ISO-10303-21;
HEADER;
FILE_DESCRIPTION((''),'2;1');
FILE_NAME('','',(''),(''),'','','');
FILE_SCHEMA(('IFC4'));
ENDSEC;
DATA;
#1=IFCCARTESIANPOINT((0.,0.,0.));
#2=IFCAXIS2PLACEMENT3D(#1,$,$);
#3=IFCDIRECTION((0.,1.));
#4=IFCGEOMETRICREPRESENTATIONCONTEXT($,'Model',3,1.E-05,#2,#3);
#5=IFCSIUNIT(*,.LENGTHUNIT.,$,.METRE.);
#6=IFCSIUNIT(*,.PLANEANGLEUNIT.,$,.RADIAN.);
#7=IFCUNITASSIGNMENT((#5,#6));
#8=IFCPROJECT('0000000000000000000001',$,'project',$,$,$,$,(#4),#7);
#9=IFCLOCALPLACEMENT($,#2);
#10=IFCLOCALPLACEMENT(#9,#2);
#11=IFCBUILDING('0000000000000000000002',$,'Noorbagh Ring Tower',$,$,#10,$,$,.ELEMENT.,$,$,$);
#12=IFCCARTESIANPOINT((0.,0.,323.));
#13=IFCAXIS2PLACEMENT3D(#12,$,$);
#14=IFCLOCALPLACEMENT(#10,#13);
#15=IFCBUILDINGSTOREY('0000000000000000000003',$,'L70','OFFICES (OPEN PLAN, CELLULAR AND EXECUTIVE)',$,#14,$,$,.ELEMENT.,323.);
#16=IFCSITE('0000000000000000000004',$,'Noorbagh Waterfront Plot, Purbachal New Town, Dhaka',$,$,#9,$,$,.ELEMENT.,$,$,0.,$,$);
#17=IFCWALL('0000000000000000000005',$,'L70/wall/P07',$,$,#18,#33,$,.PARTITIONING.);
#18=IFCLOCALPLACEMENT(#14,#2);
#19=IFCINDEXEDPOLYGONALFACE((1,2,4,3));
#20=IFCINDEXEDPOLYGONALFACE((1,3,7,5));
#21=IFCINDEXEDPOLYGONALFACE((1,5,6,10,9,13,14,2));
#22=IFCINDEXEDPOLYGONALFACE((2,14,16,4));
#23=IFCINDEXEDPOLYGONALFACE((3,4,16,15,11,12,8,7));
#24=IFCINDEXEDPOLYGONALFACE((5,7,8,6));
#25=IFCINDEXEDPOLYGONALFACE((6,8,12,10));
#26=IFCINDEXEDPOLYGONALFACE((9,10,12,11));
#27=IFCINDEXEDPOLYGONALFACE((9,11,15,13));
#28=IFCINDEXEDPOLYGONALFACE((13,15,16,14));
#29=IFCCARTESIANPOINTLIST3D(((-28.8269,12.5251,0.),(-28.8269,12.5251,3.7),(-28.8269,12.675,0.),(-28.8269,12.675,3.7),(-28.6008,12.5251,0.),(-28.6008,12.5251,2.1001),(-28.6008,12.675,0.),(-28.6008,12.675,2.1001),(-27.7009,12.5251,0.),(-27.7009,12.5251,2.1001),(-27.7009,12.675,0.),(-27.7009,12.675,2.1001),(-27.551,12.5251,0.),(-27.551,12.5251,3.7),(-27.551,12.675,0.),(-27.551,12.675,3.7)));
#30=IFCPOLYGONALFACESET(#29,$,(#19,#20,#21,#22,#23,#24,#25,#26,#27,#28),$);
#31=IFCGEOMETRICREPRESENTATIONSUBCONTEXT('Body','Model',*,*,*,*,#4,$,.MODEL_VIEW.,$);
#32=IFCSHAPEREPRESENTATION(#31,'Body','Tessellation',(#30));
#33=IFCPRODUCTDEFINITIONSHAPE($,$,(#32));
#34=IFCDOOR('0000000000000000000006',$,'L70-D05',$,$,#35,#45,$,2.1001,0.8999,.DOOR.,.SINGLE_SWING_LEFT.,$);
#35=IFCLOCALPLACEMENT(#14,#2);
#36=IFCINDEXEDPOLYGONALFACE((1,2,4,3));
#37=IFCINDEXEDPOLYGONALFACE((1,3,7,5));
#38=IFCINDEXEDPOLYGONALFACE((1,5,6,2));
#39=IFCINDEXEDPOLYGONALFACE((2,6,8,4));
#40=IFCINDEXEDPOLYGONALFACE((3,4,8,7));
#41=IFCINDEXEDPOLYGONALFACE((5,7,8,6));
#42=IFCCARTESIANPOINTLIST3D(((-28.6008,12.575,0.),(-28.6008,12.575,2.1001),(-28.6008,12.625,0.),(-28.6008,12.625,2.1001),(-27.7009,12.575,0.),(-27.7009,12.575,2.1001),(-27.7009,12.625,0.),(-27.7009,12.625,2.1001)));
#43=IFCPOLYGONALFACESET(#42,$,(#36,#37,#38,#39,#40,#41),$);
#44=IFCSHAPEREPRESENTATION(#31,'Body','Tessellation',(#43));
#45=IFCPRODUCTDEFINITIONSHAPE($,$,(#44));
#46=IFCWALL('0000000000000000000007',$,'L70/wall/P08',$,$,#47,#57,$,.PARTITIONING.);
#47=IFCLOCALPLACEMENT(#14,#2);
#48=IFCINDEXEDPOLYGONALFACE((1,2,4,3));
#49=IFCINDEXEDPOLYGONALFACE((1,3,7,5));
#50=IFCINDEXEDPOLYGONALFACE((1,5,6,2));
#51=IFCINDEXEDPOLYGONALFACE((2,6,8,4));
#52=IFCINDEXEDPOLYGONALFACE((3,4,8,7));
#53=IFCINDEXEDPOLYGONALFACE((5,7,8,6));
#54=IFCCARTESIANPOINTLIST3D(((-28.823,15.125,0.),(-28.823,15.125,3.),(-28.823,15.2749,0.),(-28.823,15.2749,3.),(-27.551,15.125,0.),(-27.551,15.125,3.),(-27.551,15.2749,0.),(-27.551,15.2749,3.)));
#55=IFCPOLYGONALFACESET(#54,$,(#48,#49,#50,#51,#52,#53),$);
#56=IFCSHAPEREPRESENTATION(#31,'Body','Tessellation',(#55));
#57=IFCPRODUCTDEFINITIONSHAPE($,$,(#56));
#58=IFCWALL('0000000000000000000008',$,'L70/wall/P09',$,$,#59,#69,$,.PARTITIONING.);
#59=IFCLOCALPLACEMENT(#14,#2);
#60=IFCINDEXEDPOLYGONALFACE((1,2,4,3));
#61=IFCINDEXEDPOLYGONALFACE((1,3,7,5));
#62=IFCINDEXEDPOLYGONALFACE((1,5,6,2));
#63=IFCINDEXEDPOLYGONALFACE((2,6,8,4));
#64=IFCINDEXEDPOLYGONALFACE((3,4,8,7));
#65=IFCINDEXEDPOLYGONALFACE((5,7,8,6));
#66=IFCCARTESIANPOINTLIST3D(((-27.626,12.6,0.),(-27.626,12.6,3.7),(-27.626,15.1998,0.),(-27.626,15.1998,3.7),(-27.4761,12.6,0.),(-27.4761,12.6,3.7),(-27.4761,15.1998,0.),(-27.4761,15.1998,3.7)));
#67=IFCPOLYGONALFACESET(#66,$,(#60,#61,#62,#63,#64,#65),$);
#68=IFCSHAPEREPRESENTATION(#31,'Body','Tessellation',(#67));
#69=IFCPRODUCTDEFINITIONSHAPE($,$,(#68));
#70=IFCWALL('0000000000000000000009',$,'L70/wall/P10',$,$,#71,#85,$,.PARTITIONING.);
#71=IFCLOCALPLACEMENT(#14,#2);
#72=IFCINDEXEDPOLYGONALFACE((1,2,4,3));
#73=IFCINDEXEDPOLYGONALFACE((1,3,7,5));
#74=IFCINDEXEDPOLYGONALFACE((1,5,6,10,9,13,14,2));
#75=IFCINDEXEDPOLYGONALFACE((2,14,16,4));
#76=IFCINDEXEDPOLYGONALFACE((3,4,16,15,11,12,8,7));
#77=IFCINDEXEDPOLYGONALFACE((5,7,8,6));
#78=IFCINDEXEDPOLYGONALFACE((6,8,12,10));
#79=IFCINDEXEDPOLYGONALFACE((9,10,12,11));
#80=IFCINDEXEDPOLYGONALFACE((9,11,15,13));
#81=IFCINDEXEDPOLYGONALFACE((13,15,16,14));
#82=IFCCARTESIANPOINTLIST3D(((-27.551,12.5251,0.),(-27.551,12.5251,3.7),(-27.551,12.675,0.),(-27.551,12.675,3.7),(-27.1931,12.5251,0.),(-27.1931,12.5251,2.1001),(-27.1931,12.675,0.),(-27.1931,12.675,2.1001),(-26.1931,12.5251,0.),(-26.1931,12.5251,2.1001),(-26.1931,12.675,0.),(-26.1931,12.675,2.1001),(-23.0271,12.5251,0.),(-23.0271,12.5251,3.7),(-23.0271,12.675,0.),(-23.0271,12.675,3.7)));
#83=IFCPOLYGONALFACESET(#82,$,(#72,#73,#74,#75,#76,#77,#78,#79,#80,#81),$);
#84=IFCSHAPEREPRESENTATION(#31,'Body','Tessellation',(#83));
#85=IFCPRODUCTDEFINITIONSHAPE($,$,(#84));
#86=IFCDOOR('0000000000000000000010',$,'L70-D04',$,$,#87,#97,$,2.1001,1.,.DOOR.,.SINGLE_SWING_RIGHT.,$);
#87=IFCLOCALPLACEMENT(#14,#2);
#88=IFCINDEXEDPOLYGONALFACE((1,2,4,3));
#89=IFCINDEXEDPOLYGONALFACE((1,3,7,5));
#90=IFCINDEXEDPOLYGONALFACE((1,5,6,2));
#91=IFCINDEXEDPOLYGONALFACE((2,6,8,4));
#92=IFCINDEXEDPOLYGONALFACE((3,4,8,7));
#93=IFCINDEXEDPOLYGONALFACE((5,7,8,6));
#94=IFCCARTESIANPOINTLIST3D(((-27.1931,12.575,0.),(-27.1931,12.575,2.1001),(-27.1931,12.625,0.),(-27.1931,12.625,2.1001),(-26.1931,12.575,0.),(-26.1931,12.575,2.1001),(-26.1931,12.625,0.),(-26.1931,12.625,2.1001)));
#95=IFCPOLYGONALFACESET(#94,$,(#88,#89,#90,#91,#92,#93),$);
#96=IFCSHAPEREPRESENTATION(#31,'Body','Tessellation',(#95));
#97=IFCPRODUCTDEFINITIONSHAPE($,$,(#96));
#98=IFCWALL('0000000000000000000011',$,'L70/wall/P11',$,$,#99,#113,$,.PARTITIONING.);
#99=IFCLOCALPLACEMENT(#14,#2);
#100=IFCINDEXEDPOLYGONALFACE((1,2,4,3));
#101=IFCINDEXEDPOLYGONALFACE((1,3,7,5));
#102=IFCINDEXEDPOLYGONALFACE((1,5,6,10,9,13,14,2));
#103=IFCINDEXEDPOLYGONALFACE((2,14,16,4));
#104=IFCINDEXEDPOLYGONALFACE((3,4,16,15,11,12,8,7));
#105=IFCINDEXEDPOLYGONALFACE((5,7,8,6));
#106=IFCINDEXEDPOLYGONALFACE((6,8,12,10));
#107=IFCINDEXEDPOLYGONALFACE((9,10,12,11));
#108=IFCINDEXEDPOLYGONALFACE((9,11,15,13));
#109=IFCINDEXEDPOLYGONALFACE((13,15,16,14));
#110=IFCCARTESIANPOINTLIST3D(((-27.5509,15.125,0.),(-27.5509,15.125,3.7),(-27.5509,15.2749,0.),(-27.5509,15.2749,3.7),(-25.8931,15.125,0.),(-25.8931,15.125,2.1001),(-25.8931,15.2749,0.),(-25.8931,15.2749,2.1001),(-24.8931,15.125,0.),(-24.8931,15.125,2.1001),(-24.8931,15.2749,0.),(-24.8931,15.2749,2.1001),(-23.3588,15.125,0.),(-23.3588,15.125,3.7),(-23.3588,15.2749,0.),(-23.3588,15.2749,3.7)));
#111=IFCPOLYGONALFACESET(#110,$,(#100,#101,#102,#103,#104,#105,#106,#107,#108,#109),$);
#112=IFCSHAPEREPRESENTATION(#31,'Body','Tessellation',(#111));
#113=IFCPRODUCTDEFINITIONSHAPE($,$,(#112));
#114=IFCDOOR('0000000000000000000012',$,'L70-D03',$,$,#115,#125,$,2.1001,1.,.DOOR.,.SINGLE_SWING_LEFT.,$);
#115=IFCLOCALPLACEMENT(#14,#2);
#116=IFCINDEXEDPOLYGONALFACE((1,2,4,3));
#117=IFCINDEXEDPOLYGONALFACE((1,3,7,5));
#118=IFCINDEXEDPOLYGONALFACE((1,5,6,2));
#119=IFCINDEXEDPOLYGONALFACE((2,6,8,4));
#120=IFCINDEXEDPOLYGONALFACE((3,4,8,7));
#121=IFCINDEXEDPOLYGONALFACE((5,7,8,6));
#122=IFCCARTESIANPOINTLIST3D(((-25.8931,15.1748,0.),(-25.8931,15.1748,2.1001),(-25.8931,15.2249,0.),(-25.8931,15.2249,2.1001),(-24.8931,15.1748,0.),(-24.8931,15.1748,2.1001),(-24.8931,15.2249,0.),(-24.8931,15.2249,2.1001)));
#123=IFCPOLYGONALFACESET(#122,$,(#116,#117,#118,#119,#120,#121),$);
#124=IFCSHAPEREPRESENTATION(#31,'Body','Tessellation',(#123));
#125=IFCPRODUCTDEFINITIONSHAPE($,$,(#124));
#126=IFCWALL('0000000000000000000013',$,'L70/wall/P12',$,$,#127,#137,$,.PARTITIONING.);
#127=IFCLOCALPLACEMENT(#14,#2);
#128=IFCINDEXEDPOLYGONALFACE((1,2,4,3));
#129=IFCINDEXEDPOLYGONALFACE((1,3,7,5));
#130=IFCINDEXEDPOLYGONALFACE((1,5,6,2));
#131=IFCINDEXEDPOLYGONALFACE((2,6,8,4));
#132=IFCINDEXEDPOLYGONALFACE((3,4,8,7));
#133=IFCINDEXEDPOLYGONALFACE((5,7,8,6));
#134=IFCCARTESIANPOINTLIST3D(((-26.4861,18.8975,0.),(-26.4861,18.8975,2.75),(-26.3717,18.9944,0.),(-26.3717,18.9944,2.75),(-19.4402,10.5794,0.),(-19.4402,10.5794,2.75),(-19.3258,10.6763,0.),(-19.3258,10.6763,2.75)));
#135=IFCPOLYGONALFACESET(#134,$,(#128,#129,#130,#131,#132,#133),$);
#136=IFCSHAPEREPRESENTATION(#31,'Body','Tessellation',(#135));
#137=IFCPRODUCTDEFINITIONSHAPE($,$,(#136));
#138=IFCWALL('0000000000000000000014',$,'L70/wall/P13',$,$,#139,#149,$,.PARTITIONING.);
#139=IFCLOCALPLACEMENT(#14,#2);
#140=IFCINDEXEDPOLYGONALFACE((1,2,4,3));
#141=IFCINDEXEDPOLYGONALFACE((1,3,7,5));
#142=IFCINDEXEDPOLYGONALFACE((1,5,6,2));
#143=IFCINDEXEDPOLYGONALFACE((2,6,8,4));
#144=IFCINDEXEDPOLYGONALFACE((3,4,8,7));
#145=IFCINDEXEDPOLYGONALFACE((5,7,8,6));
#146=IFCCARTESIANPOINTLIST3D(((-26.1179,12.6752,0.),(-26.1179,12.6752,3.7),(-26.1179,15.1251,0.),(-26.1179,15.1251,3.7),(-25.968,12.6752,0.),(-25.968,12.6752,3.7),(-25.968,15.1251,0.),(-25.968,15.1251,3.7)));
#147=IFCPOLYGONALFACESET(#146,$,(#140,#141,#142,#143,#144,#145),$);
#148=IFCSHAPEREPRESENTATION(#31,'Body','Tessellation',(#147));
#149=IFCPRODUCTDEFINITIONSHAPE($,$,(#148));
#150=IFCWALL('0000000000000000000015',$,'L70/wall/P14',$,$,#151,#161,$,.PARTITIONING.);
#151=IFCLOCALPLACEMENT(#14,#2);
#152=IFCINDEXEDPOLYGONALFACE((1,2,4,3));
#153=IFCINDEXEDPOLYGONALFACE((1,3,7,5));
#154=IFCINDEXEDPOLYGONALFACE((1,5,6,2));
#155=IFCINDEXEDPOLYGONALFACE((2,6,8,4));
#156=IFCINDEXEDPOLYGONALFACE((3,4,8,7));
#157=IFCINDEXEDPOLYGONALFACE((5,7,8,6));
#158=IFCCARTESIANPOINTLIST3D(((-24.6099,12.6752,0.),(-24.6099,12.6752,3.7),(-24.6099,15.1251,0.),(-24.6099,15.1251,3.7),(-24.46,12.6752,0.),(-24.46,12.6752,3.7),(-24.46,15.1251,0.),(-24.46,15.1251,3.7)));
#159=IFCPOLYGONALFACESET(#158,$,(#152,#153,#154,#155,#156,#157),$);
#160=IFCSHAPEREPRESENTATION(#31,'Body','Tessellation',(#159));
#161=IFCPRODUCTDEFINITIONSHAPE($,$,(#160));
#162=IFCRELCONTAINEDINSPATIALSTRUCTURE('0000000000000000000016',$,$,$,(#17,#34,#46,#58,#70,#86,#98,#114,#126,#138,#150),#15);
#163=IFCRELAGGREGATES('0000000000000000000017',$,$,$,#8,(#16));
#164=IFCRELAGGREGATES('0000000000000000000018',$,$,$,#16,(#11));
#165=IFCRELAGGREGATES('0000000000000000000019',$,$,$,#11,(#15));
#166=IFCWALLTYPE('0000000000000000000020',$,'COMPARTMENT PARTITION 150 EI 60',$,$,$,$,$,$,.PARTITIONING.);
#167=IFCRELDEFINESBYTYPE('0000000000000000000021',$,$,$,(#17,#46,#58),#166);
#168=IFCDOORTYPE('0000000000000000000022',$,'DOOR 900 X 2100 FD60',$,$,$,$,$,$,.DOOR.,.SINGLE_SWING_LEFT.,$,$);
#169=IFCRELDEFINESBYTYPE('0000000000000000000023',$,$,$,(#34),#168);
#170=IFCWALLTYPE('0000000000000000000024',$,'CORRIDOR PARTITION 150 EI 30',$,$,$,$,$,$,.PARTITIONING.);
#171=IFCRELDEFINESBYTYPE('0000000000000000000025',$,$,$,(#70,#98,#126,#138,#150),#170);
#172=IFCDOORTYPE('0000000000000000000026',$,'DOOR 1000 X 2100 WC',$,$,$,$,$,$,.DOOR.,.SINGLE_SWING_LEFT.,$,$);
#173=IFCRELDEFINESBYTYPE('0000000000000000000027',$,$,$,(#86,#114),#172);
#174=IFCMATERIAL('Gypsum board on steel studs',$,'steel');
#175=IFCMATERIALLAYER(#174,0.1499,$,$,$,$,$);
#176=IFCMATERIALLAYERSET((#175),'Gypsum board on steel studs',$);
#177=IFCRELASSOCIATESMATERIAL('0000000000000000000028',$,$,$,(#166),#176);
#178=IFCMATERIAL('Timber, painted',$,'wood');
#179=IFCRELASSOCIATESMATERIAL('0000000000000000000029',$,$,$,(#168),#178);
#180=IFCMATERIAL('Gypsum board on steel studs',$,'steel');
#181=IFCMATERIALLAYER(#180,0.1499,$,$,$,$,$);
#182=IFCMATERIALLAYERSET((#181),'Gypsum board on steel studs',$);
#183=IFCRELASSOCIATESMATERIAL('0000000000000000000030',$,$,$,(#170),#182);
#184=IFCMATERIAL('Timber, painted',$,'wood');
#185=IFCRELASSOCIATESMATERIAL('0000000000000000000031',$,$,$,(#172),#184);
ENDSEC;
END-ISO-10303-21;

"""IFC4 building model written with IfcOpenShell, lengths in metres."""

from ifc_helpers import new_model, si_unit, direction, frame, frame_2d, origin, place, context, subcontext, project, spatial, rectangle, extrude, material, layer, layer_set, type_object, element, fill, save


model = new_model("IFC4")

# Units and contexts
model_context = context("Model", 3, precision=1e-05, world=origin(), true_north=direction((0.0, 1.0)))
body_context = subcontext(model_context, "Body", "Model", "MODEL_VIEW")
ifc_project = project(units=[si_unit("LENGTHUNIT", "METRE"), si_unit("PLANEANGLEUNIT", "RADIAN")], contexts=[model_context])

# Site, building, storey
site_placement = place(None, origin())
site = spatial("IfcSite", under=ifc_project, at=site_placement, Name="Noorbagh Waterfront Plot, Purbachal New Town, Dhaka", CompositionType="ELEMENT", RefElevation=0.0)
building_placement = place(site_placement, origin())
building = spatial("IfcBuilding", under=site, at=building_placement, Name="Noorbagh Ring Tower", CompositionType="ELEMENT")
storey_placement = place(building_placement, frame((0.0, 0.0, 323.0)))
storey = spatial("IfcBuildingStorey", under=building, at=storey_placement, Name="L70", Description="OFFICES (OPEN PLAN, CELLULAR AND EXECUTIVE)", CompositionType="ELEMENT", Elevation=323.0)

# Shared definitions
ifc_material_1 = material(Name="Gypsum board on steel studs", Category="steel")
ifc_layer_1 = layer(ifc_material_1, 0.1499)
ifc_layer_set_1 = layer_set([ifc_layer_1], Name="Gypsum board on steel studs")
wall_type_1 = type_object("IfcWallType", Name="COMPARTMENT PARTITION 150 EI 60", PredefinedType="PARTITIONING", material=ifc_layer_set_1)

# Wall, opening, door
wall_1_placement = place(storey_placement, frame((-28.8269, 12.6001, 0.0), z_axis=(0.0, 0.0, 1.0), x_axis=(1.0, 0.0, 0.0)))
wall_1 = element("IfcWall", 1, at=wall_1_placement, inside=storey, type_object=wall_type_1, Name="L70/wall/P07", PredefinedType="PARTITIONING", context=body_context, shape_type="SweptSolid", body=[
    extrude(rectangle(XDim=1.2759, YDim=0.1499, at=frame_2d((0.6379, 0.0))), origin(), (0.0, 0.0, 1.0), 3.7),
])
opening_1_placement = place(wall_1_placement, frame((0.2261, 0.0, 0.0)))
opening_1 = element("IfcOpeningElement", 2, at=opening_1_placement, cuts=wall_1, PredefinedType="OPENING", context=body_context, shape_type="SweptSolid", body=[
    extrude(rectangle(XDim=0.8999, YDim=2.1001, at=frame_2d((0.45, 1.05))), frame((0.0, 0.085, 0.0), z_axis=(0.0, -1.0, 0.0), x_axis=(1.0, 0.0, 0.0)), (0.0, 0.0, 1.0), 0.1699),
])
ifc_material_2 = material(Name="Timber, painted", Category="wood")
door_type_1 = type_object("IfcDoorType", Name="DOOR 900 X 2100 FD60", OperationType="SINGLE_SWING_LEFT", PredefinedType="DOOR", material=ifc_material_2)
door_1_placement = place(opening_1_placement, origin())
door_1 = element("IfcDoor", 3, at=door_1_placement, inside=storey, type_object=door_type_1, Name="L70-D05", OperationType="SINGLE_SWING_LEFT", OverallHeight=2.1001, OverallWidth=0.8999, PredefinedType="DOOR", context=body_context, shape_type="SweptSolid", body=[
    extrude(rectangle(XDim=0.8999, YDim=2.1001, at=frame_2d((0.45, 1.05))), frame((0.0, 0.0249, 0.0), z_axis=(0.0, -1.0, 0.0), x_axis=(1.0, 0.0, 0.0)), (0.0, 0.0, 1.0), 0.05),
])
fill(opening_1, door_1)

# Walls
wall_2_placement = place(storey_placement, frame((-28.823, 15.2, 0.0), z_axis=(0.0, 0.0, 1.0), x_axis=(1.0, 0.0, 0.0)))
element("IfcWall", 4, at=wall_2_placement, inside=storey, type_object=wall_type_1, Name="L70/wall/P08", PredefinedType="PARTITIONING", context=body_context, shape_type="SweptSolid", body=[
    extrude(rectangle(XDim=1.272, YDim=0.1499, at=frame_2d((0.636, 0.0))), origin(), (0.0, 0.0, 1.0), 3.0),
])
wall_3_placement = place(storey_placement, frame((-27.551, 12.6001, 0.0), z_axis=(0.0, 0.0, 1.0), x_axis=(0.0, 1.0, 0.0)))
element("IfcWall", 5, at=wall_3_placement, inside=storey, type_object=wall_type_1, Name="L70/wall/P09", PredefinedType="PARTITIONING", context=body_context, shape_type="SweptSolid", body=[
    extrude(rectangle(XDim=2.5999, YDim=0.1499, at=frame_2d((1.2998, 0.0))), origin(), (0.0, 0.0, 1.0), 3.7),
])

# Walls, openings, doors
ifc_material_3 = material(Name="Gypsum board on steel studs", Category="steel")
ifc_layer_2 = layer(ifc_material_3, 0.1499)
ifc_layer_set_2 = layer_set([ifc_layer_2], Name="Gypsum board on steel studs")
wall_type_2 = type_object("IfcWallType", Name="CORRIDOR PARTITION 150 EI 30", PredefinedType="PARTITIONING", material=ifc_layer_set_2)
wall_4_placement = place(storey_placement, frame((-27.551, 12.6001, 0.0), z_axis=(0.0, 0.0, 1.0), x_axis=(1.0, 0.0, 0.0)))
wall_4 = element("IfcWall", 6, at=wall_4_placement, inside=storey, type_object=wall_type_2, Name="L70/wall/P10", PredefinedType="PARTITIONING", context=body_context, shape_type="SweptSolid", body=[
    extrude(rectangle(XDim=4.5239, YDim=0.1499, at=frame_2d((2.262, 0.0))), origin(), (0.0, 0.0, 1.0), 3.7),
])
opening_2_placement = place(wall_4_placement, frame((0.3579, 0.0, 0.0)))
opening_2 = element("IfcOpeningElement", 7, at=opening_2_placement, cuts=wall_4, PredefinedType="OPENING", context=body_context, shape_type="SweptSolid", body=[
    extrude(rectangle(XDim=1.0, YDim=2.1001, at=frame_2d((0.5, 1.05))), frame((0.0, 0.085, 0.0), z_axis=(0.0, -1.0, 0.0), x_axis=(1.0, 0.0, 0.0)), (0.0, 0.0, 1.0), 0.1699),
])
ifc_material_4 = material(Name="Timber, painted", Category="wood")
door_type_2 = type_object("IfcDoorType", Name="DOOR 1000 X 2100 WC", OperationType="SINGLE_SWING_LEFT", PredefinedType="DOOR", material=ifc_material_4)
door_2_placement = place(opening_2_placement, origin())
door_2 = element("IfcDoor", 8, at=door_2_placement, inside=storey, type_object=door_type_2, Name="L70-D04", OperationType="SINGLE_SWING_RIGHT", OverallHeight=2.1001, OverallWidth=1.0, PredefinedType="DOOR", context=body_context, shape_type="SweptSolid", body=[
    extrude(rectangle(XDim=1.0, YDim=2.1001, at=frame_2d((0.5, 1.05))), frame((0.0, 0.0249, 0.0), z_axis=(0.0, -1.0, 0.0), x_axis=(1.0, 0.0, 0.0)), (0.0, 0.0, 1.0), 0.05),
])
fill(opening_2, door_2)
wall_5_placement = place(storey_placement, frame((-27.551, 15.2, 0.0), z_axis=(0.0, 0.0, 1.0), x_axis=(1.0, 0.0, 0.0)))
wall_5 = element("IfcWall", 9, at=wall_5_placement, inside=storey, type_object=wall_type_2, Name="L70/wall/P11", PredefinedType="PARTITIONING", context=body_context, shape_type="SweptSolid", body=[
    extrude(rectangle(XDim=4.1921, YDim=0.1499, at=frame_2d((2.0962, 0.0))), origin(), (0.0, 0.0, 1.0), 3.7),
])
opening_3_placement = place(wall_5_placement, frame((1.658, 0.0, 0.0)))
opening_3 = element("IfcOpeningElement", 10, at=opening_3_placement, cuts=wall_5, PredefinedType="OPENING", context=body_context, shape_type="SweptSolid", body=[
    extrude(rectangle(XDim=1.0, YDim=2.1001, at=frame_2d((0.5, 1.05))), frame((0.0, 0.085, 0.0), z_axis=(0.0, -1.0, 0.0), x_axis=(1.0, 0.0, 0.0)), (0.0, 0.0, 1.0), 0.1699),
])
door_3_placement = place(opening_3_placement, origin())
door_3 = element("IfcDoor", 11, at=door_3_placement, inside=storey, type_object=door_type_2, Name="L70-D03", OperationType="SINGLE_SWING_LEFT", OverallHeight=2.1001, OverallWidth=1.0, PredefinedType="DOOR", context=body_context, shape_type="SweptSolid", body=[
    extrude(rectangle(XDim=1.0, YDim=2.1001, at=frame_2d((0.5, 1.05))), frame((0.0, 0.0249, 0.0), z_axis=(0.0, -1.0, 0.0), x_axis=(1.0, 0.0, 0.0)), (0.0, 0.0, 1.0), 0.05),
])
fill(opening_3, door_3)

# Walls
wall_6_placement = place(storey_placement, frame((-26.429, 18.946, 0.0), z_axis=(0.0, 0.0, 1.0), x_axis=(0.646343, -0.763047, 0.0)))
element("IfcWall", 12, at=wall_6_placement, inside=storey, type_object=wall_type_2, Name="L70/wall/P12", PredefinedType="PARTITIONING", context=body_context, shape_type="SweptSolid", body=[
    extrude(rectangle(XDim=10.9011, YDim=0.1499, at=frame_2d((5.4507, 0.0))), origin(), (0.0, 0.0, 1.0), 2.75),
])
for number, where, z_axis, x_axis, name in (
    (13, (-26.043, 12.675, 0.0), (0.0, 0.0, 1.0), (0.0, 1.0, 0.0), "L70/wall/P13"),
    (14, (-24.5349, 12.675, 0.0), (0.0, 0.0, 1.0), (0.0, 1.0, 0.0), "L70/wall/P14"),
):
    element("IfcWall", number, at=place(storey_placement, frame(where, z_axis=z_axis, x_axis=x_axis)), inside=storey, type_object=wall_type_2, Name=name, PredefinedType="PARTITIONING", context=body_context, shape_type="SweptSolid", body=[
        extrude(rectangle(XDim=2.45, YDim=0.1499, at=frame_2d((1.2251, 0.0))), origin(), (0.0, 0.0, 1.0), 3.7),
    ])

save(model, "model.ifc")
